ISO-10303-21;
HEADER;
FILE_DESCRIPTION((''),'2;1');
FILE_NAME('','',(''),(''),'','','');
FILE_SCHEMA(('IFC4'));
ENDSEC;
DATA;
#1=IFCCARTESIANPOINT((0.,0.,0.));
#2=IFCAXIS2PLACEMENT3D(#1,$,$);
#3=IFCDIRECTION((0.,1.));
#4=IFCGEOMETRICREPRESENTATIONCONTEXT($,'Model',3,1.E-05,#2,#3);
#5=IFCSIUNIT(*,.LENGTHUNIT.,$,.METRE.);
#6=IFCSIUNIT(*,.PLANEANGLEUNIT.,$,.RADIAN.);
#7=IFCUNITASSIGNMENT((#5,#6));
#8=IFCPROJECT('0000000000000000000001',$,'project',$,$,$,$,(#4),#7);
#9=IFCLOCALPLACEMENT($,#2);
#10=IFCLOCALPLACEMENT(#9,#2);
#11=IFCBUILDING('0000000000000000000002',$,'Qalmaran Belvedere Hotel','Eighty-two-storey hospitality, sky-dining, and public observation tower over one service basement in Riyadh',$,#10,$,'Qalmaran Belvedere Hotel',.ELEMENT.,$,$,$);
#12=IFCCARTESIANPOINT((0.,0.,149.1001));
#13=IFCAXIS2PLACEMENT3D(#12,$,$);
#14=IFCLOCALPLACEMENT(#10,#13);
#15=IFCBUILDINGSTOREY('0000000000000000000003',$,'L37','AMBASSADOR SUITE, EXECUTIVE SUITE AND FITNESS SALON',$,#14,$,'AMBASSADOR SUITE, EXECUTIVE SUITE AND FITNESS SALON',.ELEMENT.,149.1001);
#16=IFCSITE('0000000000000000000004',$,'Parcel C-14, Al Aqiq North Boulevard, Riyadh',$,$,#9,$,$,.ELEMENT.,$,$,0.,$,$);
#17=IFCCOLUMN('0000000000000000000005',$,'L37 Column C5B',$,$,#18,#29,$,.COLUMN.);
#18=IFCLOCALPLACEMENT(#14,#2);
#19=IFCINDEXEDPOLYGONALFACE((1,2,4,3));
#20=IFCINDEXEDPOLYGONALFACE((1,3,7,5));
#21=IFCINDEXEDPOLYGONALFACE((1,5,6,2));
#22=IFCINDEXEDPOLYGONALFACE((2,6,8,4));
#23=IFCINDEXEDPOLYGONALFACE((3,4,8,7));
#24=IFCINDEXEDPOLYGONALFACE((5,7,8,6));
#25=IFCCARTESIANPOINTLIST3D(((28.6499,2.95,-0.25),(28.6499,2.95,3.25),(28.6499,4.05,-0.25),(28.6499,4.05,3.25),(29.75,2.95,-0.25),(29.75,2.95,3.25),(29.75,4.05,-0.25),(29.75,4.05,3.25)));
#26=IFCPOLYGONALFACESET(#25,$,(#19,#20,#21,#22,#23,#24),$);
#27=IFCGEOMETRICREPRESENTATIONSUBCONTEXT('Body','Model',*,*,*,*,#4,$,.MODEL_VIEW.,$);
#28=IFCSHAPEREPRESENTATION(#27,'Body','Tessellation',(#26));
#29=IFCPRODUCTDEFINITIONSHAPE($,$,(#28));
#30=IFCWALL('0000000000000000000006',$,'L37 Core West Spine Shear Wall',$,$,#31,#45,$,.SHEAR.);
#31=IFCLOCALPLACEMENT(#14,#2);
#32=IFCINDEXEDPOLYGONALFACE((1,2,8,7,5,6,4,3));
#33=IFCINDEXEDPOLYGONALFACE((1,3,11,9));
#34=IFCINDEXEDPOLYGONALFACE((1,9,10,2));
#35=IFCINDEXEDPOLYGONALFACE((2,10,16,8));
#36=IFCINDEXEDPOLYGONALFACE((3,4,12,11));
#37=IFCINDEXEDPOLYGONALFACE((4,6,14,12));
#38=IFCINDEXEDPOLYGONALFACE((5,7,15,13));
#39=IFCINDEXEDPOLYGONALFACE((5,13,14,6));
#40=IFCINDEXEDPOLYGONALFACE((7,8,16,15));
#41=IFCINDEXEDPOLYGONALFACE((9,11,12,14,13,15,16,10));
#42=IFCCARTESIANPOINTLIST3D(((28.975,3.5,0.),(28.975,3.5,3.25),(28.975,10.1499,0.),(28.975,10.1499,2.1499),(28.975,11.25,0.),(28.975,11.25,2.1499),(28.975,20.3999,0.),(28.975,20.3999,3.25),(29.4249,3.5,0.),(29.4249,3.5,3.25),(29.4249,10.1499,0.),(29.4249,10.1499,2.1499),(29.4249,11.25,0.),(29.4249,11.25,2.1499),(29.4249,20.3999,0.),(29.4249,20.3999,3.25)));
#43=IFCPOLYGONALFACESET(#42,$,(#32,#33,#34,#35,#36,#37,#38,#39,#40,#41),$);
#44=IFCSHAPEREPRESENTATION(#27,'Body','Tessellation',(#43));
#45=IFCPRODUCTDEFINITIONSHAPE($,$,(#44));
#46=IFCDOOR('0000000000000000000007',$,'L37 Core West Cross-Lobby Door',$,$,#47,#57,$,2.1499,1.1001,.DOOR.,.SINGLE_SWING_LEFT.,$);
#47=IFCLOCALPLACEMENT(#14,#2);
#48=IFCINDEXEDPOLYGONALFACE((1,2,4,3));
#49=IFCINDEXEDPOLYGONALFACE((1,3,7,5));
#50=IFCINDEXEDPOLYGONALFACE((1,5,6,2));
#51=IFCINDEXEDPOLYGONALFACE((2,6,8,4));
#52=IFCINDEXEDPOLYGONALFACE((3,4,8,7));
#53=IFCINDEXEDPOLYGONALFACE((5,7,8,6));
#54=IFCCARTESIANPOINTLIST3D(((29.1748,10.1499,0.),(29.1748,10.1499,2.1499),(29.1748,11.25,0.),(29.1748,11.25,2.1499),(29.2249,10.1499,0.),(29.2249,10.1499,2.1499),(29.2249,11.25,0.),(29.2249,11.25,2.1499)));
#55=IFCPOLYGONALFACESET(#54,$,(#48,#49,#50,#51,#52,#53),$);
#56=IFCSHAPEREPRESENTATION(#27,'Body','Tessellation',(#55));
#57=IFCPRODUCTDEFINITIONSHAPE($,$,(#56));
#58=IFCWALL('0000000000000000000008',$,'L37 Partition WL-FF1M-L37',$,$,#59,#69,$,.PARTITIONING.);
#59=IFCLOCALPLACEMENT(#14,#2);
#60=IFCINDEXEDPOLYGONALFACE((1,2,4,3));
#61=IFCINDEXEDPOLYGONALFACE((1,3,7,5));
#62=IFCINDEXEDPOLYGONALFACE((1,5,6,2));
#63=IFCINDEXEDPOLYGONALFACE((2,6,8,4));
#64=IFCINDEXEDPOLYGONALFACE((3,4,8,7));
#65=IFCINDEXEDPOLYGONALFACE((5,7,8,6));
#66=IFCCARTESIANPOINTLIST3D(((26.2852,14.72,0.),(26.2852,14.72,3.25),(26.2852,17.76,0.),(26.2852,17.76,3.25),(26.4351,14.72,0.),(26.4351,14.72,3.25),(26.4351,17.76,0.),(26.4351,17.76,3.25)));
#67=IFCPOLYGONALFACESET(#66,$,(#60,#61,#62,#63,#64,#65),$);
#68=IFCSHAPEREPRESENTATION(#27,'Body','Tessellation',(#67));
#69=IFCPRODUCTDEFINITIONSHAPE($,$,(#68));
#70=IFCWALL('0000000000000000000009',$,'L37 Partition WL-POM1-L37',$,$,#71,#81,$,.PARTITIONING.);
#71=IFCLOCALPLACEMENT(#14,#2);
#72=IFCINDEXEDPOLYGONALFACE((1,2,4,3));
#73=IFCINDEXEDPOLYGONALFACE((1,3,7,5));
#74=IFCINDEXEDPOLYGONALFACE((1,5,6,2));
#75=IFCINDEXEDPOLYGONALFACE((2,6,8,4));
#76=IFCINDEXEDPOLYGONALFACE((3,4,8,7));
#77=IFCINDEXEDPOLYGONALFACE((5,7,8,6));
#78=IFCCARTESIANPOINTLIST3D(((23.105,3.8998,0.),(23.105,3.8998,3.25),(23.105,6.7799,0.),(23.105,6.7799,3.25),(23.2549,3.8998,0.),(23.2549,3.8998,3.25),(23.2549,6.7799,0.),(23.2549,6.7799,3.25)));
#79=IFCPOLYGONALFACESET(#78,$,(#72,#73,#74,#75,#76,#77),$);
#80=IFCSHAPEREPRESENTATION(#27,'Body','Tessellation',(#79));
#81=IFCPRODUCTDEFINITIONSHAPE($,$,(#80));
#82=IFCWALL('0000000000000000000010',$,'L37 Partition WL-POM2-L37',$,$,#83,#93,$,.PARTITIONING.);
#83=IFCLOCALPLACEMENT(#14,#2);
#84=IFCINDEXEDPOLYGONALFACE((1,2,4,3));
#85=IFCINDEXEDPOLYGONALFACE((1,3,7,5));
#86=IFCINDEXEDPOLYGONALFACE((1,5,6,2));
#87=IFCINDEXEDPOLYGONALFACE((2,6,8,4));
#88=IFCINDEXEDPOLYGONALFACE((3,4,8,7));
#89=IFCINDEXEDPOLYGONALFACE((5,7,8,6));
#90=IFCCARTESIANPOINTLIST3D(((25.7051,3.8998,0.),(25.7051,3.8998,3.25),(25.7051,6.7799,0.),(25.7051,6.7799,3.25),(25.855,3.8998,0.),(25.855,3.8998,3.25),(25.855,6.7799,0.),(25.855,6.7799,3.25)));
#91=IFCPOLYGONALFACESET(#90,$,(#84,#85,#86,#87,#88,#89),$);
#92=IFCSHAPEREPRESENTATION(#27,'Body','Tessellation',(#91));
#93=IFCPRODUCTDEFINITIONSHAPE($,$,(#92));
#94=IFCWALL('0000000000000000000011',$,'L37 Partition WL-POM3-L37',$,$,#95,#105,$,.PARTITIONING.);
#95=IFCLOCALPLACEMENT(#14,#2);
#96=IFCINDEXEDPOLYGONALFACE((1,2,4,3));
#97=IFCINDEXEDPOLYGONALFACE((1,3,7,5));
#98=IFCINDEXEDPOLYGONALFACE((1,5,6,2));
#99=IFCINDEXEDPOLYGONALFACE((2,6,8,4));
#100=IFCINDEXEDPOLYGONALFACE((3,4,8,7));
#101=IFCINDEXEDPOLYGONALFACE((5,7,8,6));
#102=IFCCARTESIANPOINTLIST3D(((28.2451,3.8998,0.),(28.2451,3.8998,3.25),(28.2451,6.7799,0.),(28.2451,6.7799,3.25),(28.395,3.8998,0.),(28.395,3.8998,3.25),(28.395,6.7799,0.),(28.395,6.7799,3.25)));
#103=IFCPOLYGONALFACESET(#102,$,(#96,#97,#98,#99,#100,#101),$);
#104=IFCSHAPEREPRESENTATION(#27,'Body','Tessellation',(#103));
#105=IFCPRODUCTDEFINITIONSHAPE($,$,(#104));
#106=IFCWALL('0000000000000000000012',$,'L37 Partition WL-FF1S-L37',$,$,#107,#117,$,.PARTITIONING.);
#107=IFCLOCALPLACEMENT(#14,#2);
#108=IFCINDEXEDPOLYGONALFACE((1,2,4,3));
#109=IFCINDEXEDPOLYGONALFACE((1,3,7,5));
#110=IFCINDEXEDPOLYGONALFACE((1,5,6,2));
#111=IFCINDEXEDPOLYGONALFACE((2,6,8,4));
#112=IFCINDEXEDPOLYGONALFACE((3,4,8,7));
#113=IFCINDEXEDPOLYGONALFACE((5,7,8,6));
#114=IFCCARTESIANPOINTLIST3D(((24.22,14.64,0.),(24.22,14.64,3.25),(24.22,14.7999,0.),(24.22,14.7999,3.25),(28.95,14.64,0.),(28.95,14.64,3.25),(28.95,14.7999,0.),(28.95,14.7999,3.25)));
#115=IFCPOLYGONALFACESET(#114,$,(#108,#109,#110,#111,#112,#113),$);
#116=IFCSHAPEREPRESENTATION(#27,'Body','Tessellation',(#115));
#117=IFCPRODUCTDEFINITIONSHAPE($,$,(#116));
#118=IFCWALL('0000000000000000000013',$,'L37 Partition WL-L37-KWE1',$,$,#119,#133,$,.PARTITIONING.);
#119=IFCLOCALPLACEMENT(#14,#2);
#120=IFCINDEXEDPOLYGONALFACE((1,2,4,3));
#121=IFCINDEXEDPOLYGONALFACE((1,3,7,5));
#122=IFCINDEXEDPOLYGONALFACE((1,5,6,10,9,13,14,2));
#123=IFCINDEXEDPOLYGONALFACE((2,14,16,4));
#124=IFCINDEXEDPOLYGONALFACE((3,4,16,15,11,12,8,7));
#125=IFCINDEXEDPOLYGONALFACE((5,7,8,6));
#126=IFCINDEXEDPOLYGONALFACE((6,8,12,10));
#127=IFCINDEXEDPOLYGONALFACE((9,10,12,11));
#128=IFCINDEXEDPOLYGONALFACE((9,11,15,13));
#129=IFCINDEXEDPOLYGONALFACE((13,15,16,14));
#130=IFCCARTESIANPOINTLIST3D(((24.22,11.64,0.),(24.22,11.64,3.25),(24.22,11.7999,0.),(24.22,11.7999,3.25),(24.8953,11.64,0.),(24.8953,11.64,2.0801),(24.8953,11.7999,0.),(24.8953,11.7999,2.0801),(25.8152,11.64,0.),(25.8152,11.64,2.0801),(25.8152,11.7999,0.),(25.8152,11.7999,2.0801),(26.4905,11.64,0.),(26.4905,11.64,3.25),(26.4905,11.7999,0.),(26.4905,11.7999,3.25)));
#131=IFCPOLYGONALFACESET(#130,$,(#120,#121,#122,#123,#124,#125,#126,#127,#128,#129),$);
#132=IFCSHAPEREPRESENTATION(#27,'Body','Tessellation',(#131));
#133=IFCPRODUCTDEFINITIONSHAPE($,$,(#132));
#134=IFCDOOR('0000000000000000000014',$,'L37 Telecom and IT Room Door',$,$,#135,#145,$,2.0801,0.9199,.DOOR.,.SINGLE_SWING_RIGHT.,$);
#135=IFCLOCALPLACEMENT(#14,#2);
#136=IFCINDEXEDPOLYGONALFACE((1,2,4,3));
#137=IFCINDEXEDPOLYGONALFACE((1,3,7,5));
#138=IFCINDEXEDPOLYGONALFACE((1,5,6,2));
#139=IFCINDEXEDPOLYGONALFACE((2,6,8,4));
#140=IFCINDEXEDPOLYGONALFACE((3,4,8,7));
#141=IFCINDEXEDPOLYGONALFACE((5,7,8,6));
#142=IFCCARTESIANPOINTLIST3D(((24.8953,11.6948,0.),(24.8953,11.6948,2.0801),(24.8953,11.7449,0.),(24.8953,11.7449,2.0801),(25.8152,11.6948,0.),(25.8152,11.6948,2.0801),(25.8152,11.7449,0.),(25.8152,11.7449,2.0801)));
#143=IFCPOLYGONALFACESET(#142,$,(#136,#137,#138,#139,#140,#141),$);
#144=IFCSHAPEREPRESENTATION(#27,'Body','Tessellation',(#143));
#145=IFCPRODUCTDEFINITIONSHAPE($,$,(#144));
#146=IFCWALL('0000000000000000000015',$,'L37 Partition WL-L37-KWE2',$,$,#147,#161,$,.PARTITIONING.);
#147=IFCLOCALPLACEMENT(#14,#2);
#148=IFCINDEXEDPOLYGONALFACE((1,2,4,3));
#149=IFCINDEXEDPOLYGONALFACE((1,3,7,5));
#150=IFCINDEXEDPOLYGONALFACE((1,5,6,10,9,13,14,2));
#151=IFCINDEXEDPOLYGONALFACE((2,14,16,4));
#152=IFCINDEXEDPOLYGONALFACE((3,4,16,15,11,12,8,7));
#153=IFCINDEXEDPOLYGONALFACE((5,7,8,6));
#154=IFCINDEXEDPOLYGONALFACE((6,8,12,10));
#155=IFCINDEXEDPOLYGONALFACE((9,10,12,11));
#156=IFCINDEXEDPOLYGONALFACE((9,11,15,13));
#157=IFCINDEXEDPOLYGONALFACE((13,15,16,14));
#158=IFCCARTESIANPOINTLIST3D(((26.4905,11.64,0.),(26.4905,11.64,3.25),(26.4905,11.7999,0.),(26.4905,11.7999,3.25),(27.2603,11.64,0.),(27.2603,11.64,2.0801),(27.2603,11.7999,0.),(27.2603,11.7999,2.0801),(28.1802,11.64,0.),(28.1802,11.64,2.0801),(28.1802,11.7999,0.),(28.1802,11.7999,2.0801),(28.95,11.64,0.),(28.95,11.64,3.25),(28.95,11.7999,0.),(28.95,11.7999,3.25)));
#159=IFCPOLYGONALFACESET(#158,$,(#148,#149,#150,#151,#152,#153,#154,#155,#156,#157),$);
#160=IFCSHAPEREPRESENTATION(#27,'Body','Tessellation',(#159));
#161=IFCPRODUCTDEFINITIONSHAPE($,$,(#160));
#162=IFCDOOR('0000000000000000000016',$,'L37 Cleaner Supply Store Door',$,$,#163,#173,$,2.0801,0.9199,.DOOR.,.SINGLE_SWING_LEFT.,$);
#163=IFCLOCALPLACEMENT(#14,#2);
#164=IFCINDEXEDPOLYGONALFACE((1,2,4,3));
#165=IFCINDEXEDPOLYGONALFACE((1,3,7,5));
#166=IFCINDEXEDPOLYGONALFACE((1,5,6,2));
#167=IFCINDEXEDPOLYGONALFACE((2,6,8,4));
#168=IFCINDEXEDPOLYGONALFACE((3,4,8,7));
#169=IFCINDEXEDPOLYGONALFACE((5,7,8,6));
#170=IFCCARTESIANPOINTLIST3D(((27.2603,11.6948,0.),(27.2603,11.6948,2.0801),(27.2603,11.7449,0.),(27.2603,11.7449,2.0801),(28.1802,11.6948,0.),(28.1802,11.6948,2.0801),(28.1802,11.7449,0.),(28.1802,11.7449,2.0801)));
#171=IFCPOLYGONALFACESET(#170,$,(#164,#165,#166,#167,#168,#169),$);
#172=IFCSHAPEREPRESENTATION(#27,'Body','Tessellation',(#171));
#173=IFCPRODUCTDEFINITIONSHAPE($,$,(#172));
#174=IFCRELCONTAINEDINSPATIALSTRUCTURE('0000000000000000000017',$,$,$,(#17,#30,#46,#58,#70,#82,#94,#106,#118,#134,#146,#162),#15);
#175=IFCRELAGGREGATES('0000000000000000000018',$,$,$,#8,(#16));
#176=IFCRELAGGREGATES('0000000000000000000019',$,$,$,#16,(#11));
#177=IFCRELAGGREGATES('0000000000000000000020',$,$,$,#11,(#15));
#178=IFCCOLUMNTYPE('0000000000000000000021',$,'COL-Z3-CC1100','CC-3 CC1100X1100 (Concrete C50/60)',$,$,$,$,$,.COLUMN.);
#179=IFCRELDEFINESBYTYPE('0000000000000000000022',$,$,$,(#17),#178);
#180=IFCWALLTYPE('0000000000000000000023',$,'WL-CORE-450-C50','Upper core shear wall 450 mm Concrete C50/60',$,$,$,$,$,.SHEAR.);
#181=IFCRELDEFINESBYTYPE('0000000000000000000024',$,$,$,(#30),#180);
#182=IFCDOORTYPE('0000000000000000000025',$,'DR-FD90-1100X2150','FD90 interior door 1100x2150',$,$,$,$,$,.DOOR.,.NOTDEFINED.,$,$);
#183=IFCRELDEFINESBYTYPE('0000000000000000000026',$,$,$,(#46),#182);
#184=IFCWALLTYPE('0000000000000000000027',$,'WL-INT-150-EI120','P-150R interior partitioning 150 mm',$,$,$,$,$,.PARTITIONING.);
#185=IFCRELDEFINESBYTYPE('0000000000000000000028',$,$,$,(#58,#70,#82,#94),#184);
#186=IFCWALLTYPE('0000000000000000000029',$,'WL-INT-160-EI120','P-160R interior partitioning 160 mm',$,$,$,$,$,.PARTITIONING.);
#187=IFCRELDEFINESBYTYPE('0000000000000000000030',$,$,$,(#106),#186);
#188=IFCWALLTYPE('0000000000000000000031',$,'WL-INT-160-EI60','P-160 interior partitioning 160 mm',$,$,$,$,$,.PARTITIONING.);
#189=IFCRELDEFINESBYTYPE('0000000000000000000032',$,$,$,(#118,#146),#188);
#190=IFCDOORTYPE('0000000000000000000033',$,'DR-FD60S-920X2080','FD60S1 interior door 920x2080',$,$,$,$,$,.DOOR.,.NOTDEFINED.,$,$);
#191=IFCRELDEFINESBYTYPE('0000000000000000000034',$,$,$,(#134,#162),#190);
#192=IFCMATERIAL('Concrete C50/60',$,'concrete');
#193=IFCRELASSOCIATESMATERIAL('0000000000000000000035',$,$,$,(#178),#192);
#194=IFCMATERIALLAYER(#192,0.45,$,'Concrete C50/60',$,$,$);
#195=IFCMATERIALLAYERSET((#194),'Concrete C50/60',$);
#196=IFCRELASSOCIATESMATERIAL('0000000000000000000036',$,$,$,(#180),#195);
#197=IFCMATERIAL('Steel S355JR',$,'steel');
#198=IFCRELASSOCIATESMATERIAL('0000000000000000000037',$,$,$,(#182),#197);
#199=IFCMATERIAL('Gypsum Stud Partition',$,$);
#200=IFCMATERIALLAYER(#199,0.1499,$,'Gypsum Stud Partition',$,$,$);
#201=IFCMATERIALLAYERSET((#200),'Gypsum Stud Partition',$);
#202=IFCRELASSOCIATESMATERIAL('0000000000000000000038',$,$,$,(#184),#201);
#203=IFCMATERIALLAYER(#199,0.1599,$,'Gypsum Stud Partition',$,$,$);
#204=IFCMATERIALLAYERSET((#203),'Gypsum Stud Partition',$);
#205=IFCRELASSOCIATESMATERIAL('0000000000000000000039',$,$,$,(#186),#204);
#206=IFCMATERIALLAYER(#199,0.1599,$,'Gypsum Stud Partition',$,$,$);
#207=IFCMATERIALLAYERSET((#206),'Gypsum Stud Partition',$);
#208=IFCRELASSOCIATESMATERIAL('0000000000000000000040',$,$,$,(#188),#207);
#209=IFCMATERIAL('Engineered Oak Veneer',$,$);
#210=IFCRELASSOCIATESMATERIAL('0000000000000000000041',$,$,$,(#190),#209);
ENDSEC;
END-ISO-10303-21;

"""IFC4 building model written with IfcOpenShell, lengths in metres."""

from ifc_helpers import new_model, si_unit, direction, frame, frame_2d, origin, origin_2d, place, context, subcontext, project, spatial, rectangle, extrude, material, layer, layer_set, material_profile, profile_set, type_object, element, fill, save


model = new_model("IFC4")

# Units and contexts
model_context = context("Model", 3, precision=1e-05, world=origin(), true_north=direction((0.0, 1.0)))
body_context = subcontext(model_context, "Body", "Model", "MODEL_VIEW")
ifc_project = project(units=[si_unit("LENGTHUNIT", "METRE"), si_unit("PLANEANGLEUNIT", "RADIAN")], contexts=[model_context])

# Site, building, storey
site_placement = place(None, origin())
site = spatial("IfcSite", under=ifc_project, at=site_placement, Name="Parcel C-14, Al Aqiq North Boulevard, Riyadh", CompositionType="ELEMENT", RefElevation=0.0)
building_placement = place(site_placement, origin())
building = spatial("IfcBuilding", under=site, at=building_placement, Name="Qalmaran Belvedere Hotel", Description="Eighty-two-storey hospitality, sky-dining, and public observation tower over one service basement in Riyadh", LongName="Qalmaran Belvedere Hotel", CompositionType="ELEMENT")
storey_placement = place(building_placement, frame((0.0, 0.0, 149.1001)))
storey = spatial("IfcBuildingStorey", under=building, at=storey_placement, Name="L37", Description="AMBASSADOR SUITE, EXECUTIVE SUITE AND FITNESS SALON", LongName="AMBASSADOR SUITE, EXECUTIVE SUITE AND FITNESS SALON", CompositionType="ELEMENT", Elevation=149.1001)

# Column
ifc_material_1 = material(Name="Concrete C50/60", Category="concrete")
ifc_material_profile = material_profile(ifc_material_1, rectangle(XDim=1.1001, YDim=1.1001, at=origin_2d()), Name="CC1100X1100")
ifc_profile_set = profile_set([ifc_material_profile], Name="Concrete C50/60")
column_type = type_object("IfcColumnType", Name="COL-Z3-CC1100", Description="CC-3 CC1100X1100 (Concrete C50/60)", PredefinedType="COLUMN", material=ifc_profile_set)
column_placement = place(storey_placement, frame((29.2, 3.5, -0.25), z_axis=(0.0, 0.0, 1.0), x_axis=(1.0, 0.0, 0.0)))
element("IfcColumn", 1, at=column_placement, inside=storey, type_object=column_type, Name="L37 Column C5B", PredefinedType="COLUMN", context=body_context, shape_type="SweptSolid", body=[
    extrude(rectangle(XDim=1.1001, YDim=1.1001, at=origin_2d()), origin(), (0.0, 0.0, 1.0), 3.5),
])

# Wall, opening, door
ifc_layer_1 = layer(ifc_material_1, 0.45, Name="Concrete C50/60")
ifc_layer_set_1 = layer_set([ifc_layer_1], Name="Concrete C50/60")
wall_type_1 = type_object("IfcWallType", Name="WL-CORE-450-C50", Description="Upper core shear wall 450 mm Concrete C50/60", PredefinedType="SHEAR", material=ifc_layer_set_1)
wall_1_placement = place(storey_placement, frame((29.2, 3.5, 0.0), z_axis=(0.0, 0.0, 1.0), x_axis=(0.0, 1.0, 0.0)))
wall_1 = element("IfcWall", 2, at=wall_1_placement, inside=storey, type_object=wall_type_1, Name="L37 Core West Spine Shear Wall", PredefinedType="SHEAR", context=body_context, shape_type="SweptSolid", body=[
    extrude(rectangle(XDim=16.8999, YDim=0.45, at=frame_2d((8.45, 0.0))), origin(), (0.0, 0.0, 1.0), 3.25),
])
opening_1_placement = place(wall_1_placement, frame((7.75, 0.0, 0.0), z_axis=(0.0, 0.0, 1.0), x_axis=(-1.0, 0.0, 0.0)))
opening_1 = element("IfcOpeningElement", 3, at=opening_1_placement, cuts=wall_1, PredefinedType="OPENING", context=body_context, shape_type="SweptSolid", body=[
    extrude(rectangle(XDim=1.1001, YDim=2.1499, at=frame_2d((0.55, 1.075))), frame((0.0, 0.2349, 0.0), z_axis=(0.0, -1.0, 0.0), x_axis=(1.0, 0.0, 0.0)), (0.0, 0.0, 1.0), 0.47),
])
ifc_material_2 = material(Name="Steel S355JR", Category="steel")
door_type_1 = type_object("IfcDoorType", Name="DR-FD90-1100X2150", Description="FD90 interior door 1100x2150", OperationType="NOTDEFINED", PredefinedType="DOOR", material=ifc_material_2)
door_1_placement = place(opening_1_placement, origin())
door_1 = element("IfcDoor", 4, at=door_1_placement, inside=storey, type_object=door_type_1, Name="L37 Core West Cross-Lobby Door", OperationType="SINGLE_SWING_LEFT", OverallHeight=2.1499, OverallWidth=1.1001, PredefinedType="DOOR", context=body_context, shape_type="SweptSolid", body=[
    extrude(rectangle(XDim=1.1001, YDim=2.1499, at=frame_2d((0.55, 1.075))), frame((0.0, 0.0249, 0.0), z_axis=(0.0, -1.0, 0.0), x_axis=(1.0, 0.0, 0.0)), (0.0, 0.0, 1.0), 0.05),
])
fill(opening_1, door_1)

# Walls
ifc_material_3 = material(Name="Gypsum Stud Partition")
ifc_layer_2 = layer(ifc_material_3, 0.1499, Name="Gypsum Stud Partition")
ifc_layer_set_2 = layer_set([ifc_layer_2], Name="Gypsum Stud Partition")
wall_type_2 = type_object("IfcWallType", Name="WL-INT-150-EI120", Description="P-150R interior partitioning 150 mm", PredefinedType="PARTITIONING", material=ifc_layer_set_2)
wall_2_placement = place(storey_placement, frame((26.3601, 14.72, 0.0), z_axis=(0.0, 0.0, 1.0), x_axis=(0.0, 1.0, 0.0)))
element("IfcWall", 5, at=wall_2_placement, inside=storey, type_object=wall_type_2, Name="L37 Partition WL-FF1M-L37", PredefinedType="PARTITIONING", context=body_context, shape_type="SweptSolid", body=[
    extrude(rectangle(XDim=3.04, YDim=0.1499, at=frame_2d((1.52, 0.0))), origin(), (0.0, 0.0, 1.0), 3.25),
])
for number, where, z_axis, x_axis, name in (
    (6, (23.1799, 3.8999, 0.0), (0.0, 0.0, 1.0), (0.0, 1.0, 0.0), "L37 Partition WL-POM1-L37"),
    (7, (25.78, 3.8999, 0.0), (0.0, 0.0, 1.0), (0.0, 1.0, 0.0), "L37 Partition WL-POM2-L37"),
    (8, (28.3201, 3.8999, 0.0), (0.0, 0.0, 1.0), (0.0, 1.0, 0.0), "L37 Partition WL-POM3-L37"),
):
    element("IfcWall", number, at=place(storey_placement, frame(where, z_axis=z_axis, x_axis=x_axis)), inside=storey, type_object=wall_type_2, Name=name, PredefinedType="PARTITIONING", context=body_context, shape_type="SweptSolid", body=[
        extrude(rectangle(XDim=2.8801, YDim=0.1499, at=frame_2d((1.4399, 0.0))), origin(), (0.0, 0.0, 1.0), 3.25),
    ])
ifc_layer_3 = layer(ifc_material_3, 0.1599, Name="Gypsum Stud Partition")
ifc_layer_set_3 = layer_set([ifc_layer_3], Name="Gypsum Stud Partition")
wall_type_3 = type_object("IfcWallType", Name="WL-INT-160-EI120", Description="P-160R interior partitioning 160 mm", PredefinedType="PARTITIONING", material=ifc_layer_set_3)
wall_3_placement = place(storey_placement, frame((24.22, 14.72, 0.0), z_axis=(0.0, 0.0, 1.0), x_axis=(1.0, 0.0, 0.0)))
element("IfcWall", 9, at=wall_3_placement, inside=storey, type_object=wall_type_3, Name="L37 Partition WL-FF1S-L37", PredefinedType="PARTITIONING", context=body_context, shape_type="SweptSolid", body=[
    extrude(rectangle(XDim=4.73, YDim=0.1599, at=frame_2d((2.365, 0.0))), origin(), (0.0, 0.0, 1.0), 3.25),
])

# Walls, openings, doors
ifc_layer_4 = layer(ifc_material_3, 0.1599, Name="Gypsum Stud Partition")
ifc_layer_set_4 = layer_set([ifc_layer_4], Name="Gypsum Stud Partition")
wall_type_4 = type_object("IfcWallType", Name="WL-INT-160-EI60", Description="P-160 interior partitioning 160 mm", PredefinedType="PARTITIONING", material=ifc_layer_set_4)
wall_4_placement = place(storey_placement, frame((24.22, 11.72, 0.0), z_axis=(0.0, 0.0, 1.0), x_axis=(1.0, 0.0, 0.0)))
wall_4 = element("IfcWall", 10, at=wall_4_placement, inside=storey, type_object=wall_type_4, Name="L37 Partition WL-L37-KWE1", PredefinedType="PARTITIONING", context=body_context, shape_type="SweptSolid", body=[
    extrude(rectangle(XDim=2.2705, YDim=0.1599, at=frame_2d((1.1353, 0.0))), origin(), (0.0, 0.0, 1.0), 3.25),
])
opening_2_placement = place(wall_4_placement, frame((0.6753, 0.0, 0.0)))
opening_2 = element("IfcOpeningElement", 11, at=opening_2_placement, cuts=wall_4, PredefinedType="OPENING", context=body_context, shape_type="SweptSolid", body=[
    extrude(rectangle(XDim=0.9199, YDim=2.0801, at=frame_2d((0.46, 1.04))), frame((0.0, 0.0898, 0.0), z_axis=(0.0, -1.0, 0.0), x_axis=(1.0, 0.0, 0.0)), (0.0, 0.0, 1.0), 0.1799),
])
ifc_material_4 = material(Name="Engineered Oak Veneer")
door_type_2 = type_object("IfcDoorType", Name="DR-FD60S-920X2080", Description="FD60S1 interior door 920x2080", OperationType="NOTDEFINED", PredefinedType="DOOR", material=ifc_material_4)
door_2_placement = place(opening_2_placement, origin())
door_2 = element("IfcDoor", 12, at=door_2_placement, inside=storey, type_object=door_type_2, Name="L37 Telecom and IT Room Door", OperationType="SINGLE_SWING_RIGHT", OverallHeight=2.0801, OverallWidth=0.9199, PredefinedType="DOOR", context=body_context, shape_type="SweptSolid", body=[
    extrude(rectangle(XDim=0.9199, YDim=2.0801, at=frame_2d((0.46, 1.04))), frame((0.0, 0.0249, 0.0), z_axis=(0.0, -1.0, 0.0), x_axis=(1.0, 0.0, 0.0)), (0.0, 0.0, 1.0), 0.05),
])
fill(opening_2, door_2)
wall_5_placement = place(storey_placement, frame((26.4905, 11.72, 0.0), z_axis=(0.0, 0.0, 1.0), x_axis=(1.0, 0.0, 0.0)))
wall_5 = element("IfcWall", 13, at=wall_5_placement, inside=storey, type_object=wall_type_4, Name="L37 Partition WL-L37-KWE2", PredefinedType="PARTITIONING", context=body_context, shape_type="SweptSolid", body=[
    extrude(rectangle(XDim=2.4595, YDim=0.1599, at=frame_2d((1.2297, 0.0))), origin(), (0.0, 0.0, 1.0), 3.25),
])
opening_3_placement = place(wall_5_placement, frame((0.7698, 0.0, 0.0)))
opening_3 = element("IfcOpeningElement", 14, at=opening_3_placement, cuts=wall_5, PredefinedType="OPENING", context=body_context, shape_type="SweptSolid", body=[
    extrude(rectangle(XDim=0.9199, YDim=2.0801, at=frame_2d((0.46, 1.04))), frame((0.0, 0.0898, 0.0), z_axis=(0.0, -1.0, 0.0), x_axis=(1.0, 0.0, 0.0)), (0.0, 0.0, 1.0), 0.1799),
])
door_3_placement = place(opening_3_placement, origin())
door_3 = element("IfcDoor", 15, at=door_3_placement, inside=storey, type_object=door_type_2, Name="L37 Cleaner Supply Store Door", OperationType="SINGLE_SWING_LEFT", OverallHeight=2.0801, OverallWidth=0.9199, PredefinedType="DOOR", context=body_context, shape_type="SweptSolid", body=[
    extrude(rectangle(XDim=0.9199, YDim=2.0801, at=frame_2d((0.46, 1.04))), frame((0.0, 0.0249, 0.0), z_axis=(0.0, -1.0, 0.0), x_axis=(1.0, 0.0, 0.0)), (0.0, 0.0, 1.0), 0.05),
])
fill(opening_3, door_3)

save(model, "model.ifc")
